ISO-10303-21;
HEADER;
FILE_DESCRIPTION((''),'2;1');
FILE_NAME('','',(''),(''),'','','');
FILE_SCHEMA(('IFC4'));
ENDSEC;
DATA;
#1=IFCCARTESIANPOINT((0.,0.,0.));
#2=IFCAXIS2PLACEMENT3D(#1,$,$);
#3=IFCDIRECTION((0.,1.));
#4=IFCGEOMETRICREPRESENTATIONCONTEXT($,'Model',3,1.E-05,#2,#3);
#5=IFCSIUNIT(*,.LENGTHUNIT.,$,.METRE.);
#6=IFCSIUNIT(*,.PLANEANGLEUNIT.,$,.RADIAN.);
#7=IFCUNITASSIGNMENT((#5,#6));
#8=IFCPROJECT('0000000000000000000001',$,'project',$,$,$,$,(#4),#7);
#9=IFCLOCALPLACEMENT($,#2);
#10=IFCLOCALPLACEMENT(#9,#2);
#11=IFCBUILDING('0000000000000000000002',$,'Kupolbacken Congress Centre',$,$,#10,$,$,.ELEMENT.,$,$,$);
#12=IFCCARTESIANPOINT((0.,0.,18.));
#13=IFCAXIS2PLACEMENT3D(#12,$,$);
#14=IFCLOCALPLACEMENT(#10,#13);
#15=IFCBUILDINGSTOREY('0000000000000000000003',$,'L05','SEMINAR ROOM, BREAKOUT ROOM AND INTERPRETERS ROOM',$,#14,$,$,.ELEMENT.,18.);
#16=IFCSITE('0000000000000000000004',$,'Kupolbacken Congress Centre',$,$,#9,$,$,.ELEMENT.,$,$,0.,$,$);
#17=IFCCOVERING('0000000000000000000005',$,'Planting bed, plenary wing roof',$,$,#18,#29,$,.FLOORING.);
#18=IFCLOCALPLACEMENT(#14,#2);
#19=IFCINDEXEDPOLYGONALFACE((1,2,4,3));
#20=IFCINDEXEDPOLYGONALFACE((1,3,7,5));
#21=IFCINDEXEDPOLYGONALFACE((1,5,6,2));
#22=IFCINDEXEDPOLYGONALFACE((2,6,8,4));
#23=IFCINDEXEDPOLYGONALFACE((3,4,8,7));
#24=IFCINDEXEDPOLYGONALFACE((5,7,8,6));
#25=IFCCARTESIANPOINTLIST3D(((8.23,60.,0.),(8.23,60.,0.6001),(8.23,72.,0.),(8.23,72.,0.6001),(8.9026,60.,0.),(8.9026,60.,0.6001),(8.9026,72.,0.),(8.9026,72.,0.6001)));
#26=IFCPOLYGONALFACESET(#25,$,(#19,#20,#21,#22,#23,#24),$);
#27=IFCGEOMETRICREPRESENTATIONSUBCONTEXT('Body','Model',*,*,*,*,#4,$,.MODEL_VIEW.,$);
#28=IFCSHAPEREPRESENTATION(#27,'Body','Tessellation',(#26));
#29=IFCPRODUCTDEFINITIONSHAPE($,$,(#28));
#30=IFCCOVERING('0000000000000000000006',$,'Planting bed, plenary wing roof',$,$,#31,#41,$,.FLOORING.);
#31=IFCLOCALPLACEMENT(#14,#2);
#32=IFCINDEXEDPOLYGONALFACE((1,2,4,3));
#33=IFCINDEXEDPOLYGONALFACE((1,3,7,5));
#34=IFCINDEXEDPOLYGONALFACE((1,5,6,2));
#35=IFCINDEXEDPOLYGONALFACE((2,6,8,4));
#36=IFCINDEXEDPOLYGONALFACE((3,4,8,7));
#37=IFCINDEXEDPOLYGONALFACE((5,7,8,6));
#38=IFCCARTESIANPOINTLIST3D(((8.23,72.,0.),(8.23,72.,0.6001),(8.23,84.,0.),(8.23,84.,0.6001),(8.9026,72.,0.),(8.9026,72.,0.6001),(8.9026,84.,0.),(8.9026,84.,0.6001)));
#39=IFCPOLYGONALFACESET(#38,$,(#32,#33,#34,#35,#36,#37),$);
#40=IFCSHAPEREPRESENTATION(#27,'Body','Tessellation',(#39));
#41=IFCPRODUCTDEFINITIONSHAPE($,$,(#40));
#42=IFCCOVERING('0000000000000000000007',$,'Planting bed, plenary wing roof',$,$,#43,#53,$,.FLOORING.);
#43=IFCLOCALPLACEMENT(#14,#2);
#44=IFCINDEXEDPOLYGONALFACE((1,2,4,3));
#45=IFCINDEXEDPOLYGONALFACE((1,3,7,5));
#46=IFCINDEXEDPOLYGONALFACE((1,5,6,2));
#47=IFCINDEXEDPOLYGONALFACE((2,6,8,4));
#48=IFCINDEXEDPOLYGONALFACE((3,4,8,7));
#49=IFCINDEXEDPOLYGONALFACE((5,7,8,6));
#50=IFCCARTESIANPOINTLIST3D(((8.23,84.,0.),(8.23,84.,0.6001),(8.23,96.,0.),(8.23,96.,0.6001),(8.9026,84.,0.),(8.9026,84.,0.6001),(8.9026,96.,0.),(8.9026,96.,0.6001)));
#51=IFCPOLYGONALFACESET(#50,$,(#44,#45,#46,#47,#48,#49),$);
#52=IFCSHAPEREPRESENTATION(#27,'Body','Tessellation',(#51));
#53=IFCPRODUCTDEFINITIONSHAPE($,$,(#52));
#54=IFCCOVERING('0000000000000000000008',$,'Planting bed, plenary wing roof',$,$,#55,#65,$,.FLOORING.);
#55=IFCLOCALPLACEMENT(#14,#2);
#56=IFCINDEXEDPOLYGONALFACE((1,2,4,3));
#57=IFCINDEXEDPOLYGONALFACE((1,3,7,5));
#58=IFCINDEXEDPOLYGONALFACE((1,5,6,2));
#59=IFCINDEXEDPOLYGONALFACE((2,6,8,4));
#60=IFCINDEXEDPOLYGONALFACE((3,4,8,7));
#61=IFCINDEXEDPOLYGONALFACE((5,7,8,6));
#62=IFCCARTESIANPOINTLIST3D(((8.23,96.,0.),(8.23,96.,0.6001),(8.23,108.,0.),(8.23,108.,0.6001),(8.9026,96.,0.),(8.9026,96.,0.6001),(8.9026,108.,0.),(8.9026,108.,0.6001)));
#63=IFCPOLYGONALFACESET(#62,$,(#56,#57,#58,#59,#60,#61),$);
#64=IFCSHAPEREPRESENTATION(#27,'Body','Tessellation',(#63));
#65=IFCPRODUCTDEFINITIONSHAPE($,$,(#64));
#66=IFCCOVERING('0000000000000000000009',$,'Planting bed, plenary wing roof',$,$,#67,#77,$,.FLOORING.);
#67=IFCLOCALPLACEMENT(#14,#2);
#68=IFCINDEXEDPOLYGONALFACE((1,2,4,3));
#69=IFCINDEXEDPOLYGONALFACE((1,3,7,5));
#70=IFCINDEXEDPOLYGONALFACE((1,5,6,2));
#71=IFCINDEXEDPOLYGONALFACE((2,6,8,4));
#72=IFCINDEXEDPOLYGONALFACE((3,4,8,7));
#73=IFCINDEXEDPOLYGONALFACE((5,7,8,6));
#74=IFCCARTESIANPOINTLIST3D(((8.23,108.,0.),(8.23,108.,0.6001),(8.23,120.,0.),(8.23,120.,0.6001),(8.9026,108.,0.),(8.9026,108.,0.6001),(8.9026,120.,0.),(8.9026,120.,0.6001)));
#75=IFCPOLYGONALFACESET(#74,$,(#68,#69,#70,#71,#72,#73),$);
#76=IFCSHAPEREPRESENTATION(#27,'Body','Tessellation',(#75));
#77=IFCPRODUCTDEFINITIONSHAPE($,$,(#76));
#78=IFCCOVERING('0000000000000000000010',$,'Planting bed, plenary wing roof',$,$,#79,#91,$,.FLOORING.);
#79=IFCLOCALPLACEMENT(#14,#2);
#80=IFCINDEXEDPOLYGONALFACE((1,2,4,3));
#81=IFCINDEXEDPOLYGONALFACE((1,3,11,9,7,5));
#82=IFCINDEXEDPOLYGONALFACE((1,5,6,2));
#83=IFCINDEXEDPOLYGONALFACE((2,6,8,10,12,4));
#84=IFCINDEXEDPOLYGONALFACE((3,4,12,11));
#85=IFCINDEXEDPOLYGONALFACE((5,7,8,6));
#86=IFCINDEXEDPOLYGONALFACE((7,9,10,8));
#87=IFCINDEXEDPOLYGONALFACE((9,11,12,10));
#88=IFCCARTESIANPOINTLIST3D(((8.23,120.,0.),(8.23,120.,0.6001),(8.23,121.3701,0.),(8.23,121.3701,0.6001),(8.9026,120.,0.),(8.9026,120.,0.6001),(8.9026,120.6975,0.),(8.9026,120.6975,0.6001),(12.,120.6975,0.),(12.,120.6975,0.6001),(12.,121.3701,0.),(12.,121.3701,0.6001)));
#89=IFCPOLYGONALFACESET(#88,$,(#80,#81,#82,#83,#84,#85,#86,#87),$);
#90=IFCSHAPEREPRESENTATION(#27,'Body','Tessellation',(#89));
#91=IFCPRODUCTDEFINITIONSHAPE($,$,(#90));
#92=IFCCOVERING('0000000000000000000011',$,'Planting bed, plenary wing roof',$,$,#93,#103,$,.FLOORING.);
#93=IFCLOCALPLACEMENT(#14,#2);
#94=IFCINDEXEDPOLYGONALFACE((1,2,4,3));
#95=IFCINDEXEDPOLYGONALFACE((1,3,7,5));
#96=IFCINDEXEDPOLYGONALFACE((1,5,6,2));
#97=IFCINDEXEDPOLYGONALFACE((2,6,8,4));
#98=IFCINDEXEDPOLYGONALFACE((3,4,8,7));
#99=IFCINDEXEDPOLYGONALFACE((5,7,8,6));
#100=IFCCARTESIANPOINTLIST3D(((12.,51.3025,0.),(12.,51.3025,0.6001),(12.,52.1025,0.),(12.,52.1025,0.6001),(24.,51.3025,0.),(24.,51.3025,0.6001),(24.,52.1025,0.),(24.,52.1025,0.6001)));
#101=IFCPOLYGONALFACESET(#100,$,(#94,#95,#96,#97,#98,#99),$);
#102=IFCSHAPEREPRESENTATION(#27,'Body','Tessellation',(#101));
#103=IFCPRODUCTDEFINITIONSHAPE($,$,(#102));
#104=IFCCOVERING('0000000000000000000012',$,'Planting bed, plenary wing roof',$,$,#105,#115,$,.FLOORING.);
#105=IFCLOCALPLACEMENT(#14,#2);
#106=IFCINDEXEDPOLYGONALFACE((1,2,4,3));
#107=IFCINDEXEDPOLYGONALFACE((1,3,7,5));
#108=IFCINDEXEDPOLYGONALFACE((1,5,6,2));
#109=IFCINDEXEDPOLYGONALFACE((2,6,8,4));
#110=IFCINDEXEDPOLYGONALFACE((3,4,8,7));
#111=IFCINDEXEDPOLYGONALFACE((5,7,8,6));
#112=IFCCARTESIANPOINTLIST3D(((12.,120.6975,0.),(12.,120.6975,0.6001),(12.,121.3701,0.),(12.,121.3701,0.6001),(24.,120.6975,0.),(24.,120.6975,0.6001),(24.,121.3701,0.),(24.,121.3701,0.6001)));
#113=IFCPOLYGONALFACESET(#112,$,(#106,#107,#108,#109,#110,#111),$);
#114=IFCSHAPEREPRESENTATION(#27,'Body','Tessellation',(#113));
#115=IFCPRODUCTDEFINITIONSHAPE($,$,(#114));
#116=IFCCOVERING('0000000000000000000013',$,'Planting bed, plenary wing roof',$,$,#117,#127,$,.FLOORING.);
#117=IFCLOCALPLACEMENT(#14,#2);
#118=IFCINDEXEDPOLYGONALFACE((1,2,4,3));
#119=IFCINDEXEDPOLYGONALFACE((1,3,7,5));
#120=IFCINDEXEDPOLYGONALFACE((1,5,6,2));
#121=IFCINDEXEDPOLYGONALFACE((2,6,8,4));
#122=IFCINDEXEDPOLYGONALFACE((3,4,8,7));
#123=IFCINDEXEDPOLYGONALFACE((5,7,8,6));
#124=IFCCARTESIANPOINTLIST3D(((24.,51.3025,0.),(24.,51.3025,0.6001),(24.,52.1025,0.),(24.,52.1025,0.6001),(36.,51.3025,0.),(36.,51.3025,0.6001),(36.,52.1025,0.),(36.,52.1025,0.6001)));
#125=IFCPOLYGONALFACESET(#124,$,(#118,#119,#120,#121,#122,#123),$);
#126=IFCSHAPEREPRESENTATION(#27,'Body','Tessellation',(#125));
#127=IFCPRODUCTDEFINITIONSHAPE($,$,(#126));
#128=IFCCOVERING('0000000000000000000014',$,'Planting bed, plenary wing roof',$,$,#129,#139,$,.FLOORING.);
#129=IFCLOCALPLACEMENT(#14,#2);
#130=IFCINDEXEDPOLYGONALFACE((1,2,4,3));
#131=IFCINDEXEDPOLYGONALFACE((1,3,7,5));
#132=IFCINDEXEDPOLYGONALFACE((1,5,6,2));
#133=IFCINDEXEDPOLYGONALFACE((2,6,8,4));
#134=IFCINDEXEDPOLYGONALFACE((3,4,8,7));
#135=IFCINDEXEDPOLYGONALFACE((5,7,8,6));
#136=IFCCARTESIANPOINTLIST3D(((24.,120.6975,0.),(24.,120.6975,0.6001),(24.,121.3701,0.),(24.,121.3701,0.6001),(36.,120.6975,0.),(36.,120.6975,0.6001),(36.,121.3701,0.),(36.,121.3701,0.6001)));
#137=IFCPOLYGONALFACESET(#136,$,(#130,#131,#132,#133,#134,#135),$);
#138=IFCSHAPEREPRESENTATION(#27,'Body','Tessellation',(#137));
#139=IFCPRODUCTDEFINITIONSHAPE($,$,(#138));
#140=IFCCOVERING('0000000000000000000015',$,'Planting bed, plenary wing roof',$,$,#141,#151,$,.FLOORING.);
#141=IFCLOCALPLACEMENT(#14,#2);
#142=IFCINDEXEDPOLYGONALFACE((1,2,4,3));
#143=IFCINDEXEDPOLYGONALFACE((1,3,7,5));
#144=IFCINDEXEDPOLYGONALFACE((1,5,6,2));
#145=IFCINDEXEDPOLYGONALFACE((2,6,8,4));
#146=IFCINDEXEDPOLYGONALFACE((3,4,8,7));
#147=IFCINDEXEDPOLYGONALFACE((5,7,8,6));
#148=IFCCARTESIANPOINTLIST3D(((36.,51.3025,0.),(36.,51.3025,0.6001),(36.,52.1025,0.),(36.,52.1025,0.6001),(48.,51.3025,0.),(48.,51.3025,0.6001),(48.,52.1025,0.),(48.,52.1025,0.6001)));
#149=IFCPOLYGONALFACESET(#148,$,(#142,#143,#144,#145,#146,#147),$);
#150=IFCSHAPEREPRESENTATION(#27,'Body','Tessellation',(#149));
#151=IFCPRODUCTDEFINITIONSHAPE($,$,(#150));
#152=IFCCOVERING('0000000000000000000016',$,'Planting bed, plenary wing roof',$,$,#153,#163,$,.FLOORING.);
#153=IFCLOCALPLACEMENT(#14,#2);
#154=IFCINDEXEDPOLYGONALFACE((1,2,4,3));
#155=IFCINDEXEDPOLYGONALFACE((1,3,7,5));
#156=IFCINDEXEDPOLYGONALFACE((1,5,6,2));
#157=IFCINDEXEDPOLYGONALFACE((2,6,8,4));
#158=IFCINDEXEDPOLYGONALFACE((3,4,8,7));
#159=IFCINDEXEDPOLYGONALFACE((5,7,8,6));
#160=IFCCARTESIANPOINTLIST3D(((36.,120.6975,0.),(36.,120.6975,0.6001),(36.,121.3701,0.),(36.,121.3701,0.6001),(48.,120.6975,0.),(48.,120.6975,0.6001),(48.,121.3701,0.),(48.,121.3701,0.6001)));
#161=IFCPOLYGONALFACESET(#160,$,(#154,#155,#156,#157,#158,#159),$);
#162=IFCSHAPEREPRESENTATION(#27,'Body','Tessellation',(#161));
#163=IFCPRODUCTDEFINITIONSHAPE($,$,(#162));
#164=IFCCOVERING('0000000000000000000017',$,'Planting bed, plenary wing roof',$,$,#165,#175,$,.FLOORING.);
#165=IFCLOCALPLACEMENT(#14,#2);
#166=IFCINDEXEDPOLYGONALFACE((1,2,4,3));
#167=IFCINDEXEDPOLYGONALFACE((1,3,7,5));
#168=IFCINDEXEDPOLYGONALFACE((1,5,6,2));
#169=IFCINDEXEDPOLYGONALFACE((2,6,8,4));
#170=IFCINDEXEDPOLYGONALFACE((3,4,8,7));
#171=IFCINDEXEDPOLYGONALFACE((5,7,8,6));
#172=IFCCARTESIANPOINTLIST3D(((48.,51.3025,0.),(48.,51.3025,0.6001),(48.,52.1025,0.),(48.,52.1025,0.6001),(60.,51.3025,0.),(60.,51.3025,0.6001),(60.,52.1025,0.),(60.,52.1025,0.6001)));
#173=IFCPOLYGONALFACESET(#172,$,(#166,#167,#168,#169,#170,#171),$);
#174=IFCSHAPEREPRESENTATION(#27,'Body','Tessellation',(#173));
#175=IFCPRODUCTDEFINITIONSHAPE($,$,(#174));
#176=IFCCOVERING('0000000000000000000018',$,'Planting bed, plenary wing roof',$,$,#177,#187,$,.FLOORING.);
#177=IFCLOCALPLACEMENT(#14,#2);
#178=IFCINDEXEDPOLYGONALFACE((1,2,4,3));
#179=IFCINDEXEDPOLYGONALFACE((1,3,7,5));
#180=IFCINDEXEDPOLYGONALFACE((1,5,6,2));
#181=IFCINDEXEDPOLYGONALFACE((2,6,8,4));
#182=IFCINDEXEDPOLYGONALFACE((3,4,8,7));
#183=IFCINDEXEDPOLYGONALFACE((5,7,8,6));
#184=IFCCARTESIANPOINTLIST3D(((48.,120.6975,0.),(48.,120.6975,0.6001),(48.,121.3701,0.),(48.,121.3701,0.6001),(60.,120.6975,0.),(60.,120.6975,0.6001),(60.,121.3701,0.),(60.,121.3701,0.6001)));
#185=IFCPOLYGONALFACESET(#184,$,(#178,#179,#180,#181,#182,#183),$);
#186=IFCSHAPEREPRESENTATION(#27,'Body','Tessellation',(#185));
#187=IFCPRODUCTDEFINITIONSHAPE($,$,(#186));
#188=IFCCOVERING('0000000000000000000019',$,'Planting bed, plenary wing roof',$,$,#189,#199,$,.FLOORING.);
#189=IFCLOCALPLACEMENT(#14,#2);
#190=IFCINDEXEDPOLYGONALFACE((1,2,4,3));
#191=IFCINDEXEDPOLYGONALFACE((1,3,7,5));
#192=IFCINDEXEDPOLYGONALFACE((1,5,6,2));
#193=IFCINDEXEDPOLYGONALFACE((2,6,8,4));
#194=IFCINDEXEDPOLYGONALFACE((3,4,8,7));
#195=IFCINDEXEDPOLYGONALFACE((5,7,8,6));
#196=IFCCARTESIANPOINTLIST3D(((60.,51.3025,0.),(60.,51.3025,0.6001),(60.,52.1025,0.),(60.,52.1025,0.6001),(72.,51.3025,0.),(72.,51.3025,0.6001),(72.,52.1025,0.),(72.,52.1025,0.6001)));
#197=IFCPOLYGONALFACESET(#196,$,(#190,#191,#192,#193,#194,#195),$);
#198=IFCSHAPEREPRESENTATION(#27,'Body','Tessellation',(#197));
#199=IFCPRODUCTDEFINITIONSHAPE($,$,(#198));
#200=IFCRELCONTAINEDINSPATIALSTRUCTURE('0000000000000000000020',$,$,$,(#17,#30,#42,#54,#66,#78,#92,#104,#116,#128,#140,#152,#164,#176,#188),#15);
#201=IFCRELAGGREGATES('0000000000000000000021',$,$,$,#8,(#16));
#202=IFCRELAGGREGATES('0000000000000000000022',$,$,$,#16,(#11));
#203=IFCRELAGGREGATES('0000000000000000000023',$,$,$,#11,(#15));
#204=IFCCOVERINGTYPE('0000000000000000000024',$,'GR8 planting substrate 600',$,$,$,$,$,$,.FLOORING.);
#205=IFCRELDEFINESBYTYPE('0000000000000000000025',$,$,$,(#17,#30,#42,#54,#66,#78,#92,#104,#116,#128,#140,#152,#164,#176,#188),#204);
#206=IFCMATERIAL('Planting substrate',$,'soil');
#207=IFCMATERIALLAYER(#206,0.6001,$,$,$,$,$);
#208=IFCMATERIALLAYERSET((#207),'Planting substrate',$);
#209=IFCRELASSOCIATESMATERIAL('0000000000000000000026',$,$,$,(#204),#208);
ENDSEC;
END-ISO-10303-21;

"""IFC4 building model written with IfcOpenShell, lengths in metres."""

from ifc_helpers import new_model, si_unit, direction, frame, origin, place, context, subcontext, project, spatial, polyline, outline, extrude, material, layer, layer_set, type_object, element, save


model = new_model("IFC4")

# Units and contexts
model_context = context("Model", 3, precision=1e-05, world=origin(), true_north=direction((0.0, 1.0)))
body_context = subcontext(model_context, "Body", "Model", "MODEL_VIEW")
ifc_project = project(units=[si_unit("LENGTHUNIT", "METRE"), si_unit("PLANEANGLEUNIT", "RADIAN")], contexts=[model_context])

# Site, building, storey
site_placement = place(None, origin())
site = spatial("IfcSite", under=ifc_project, at=site_placement, Name="Kupolbacken Congress Centre", CompositionType="ELEMENT", RefElevation=0.0)
building_placement = place(site_placement, origin())
building = spatial("IfcBuilding", under=site, at=building_placement, Name="Kupolbacken Congress Centre", CompositionType="ELEMENT")
storey_placement = place(building_placement, frame((0.0, 0.0, 18.0)))
storey = spatial("IfcBuildingStorey", under=building, at=storey_placement, Name="L05", Description="SEMINAR ROOM, BREAKOUT ROOM AND INTERPRETERS ROOM", CompositionType="ELEMENT", Elevation=18.0)

# Coverings
ifc_material_1 = material(Name="Planting substrate", Category="soil")
ifc_layer_1 = layer(ifc_material_1, 0.6001)
ifc_layer_set_1 = layer_set([ifc_layer_1], Name="Planting substrate")
covering_type_1 = type_object("IfcCoveringType", Name="GR8 planting substrate 600", PredefinedType="FLOORING", material=ifc_layer_set_1)
covering_1_placement = place(storey_placement, origin())
element("IfcCovering", 1, at=covering_1_placement, inside=storey, type_object=covering_type_1, Name="Planting bed, plenary wing roof", PredefinedType="FLOORING", context=body_context, shape_type="SweptSolid", body=[
    extrude(outline(polyline([(8.23, 72.0), (8.9026, 72.0), (8.9026, 60.0), (8.23, 60.0), (8.23, 72.0)])), origin(), (0.0, 0.0, 1.0), 0.6001),
])
covering_2_placement = place(storey_placement, origin())
element("IfcCovering", 2, at=covering_2_placement, inside=storey, type_object=covering_type_1, Name="Planting bed, plenary wing roof", PredefinedType="FLOORING", context=body_context, shape_type="SweptSolid", body=[
    extrude(outline(polyline([(8.23, 84.0), (8.9026, 84.0), (8.9026, 72.0), (8.23, 72.0), (8.23, 84.0)])), origin(), (0.0, 0.0, 1.0), 0.6001),
])
covering_3_placement = place(storey_placement, origin())
element("IfcCovering", 3, at=covering_3_placement, inside=storey, type_object=covering_type_1, Name="Planting bed, plenary wing roof", PredefinedType="FLOORING", context=body_context, shape_type="SweptSolid", body=[
    extrude(outline(polyline([(8.23, 96.0), (8.9026, 96.0), (8.9026, 84.0), (8.23, 84.0), (8.23, 96.0)])), origin(), (0.0, 0.0, 1.0), 0.6001),
])
covering_4_placement = place(storey_placement, origin())
element("IfcCovering", 4, at=covering_4_placement, inside=storey, type_object=covering_type_1, Name="Planting bed, plenary wing roof", PredefinedType="FLOORING", context=body_context, shape_type="SweptSolid", body=[
    extrude(outline(polyline([(8.23, 108.0), (8.9026, 108.0), (8.9026, 96.0), (8.23, 96.0), (8.23, 108.0)])), origin(), (0.0, 0.0, 1.0), 0.6001),
])
covering_5_placement = place(storey_placement, origin())
element("IfcCovering", 5, at=covering_5_placement, inside=storey, type_object=covering_type_1, Name="Planting bed, plenary wing roof", PredefinedType="FLOORING", context=body_context, shape_type="SweptSolid", body=[
    extrude(outline(polyline([(8.23, 120.0), (8.9026, 120.0), (8.9026, 108.0), (8.23, 108.0), (8.23, 120.0)])), origin(), (0.0, 0.0, 1.0), 0.6001),
])
covering_6_placement = place(storey_placement, origin())
element("IfcCovering", 6, at=covering_6_placement, inside=storey, type_object=covering_type_1, Name="Planting bed, plenary wing roof", PredefinedType="FLOORING", context=body_context, shape_type="SweptSolid", body=[
    extrude(outline(polyline([(8.23, 121.3701), (12.0, 121.3701), (12.0, 120.6975), (8.9026, 120.6975), (8.9026, 120.0), (8.23, 120.0), (8.23, 121.3701)])), origin(), (0.0, 0.0, 1.0), 0.6001),
])
covering_7_placement = place(storey_placement, origin())
element("IfcCovering", 7, at=covering_7_placement, inside=storey, type_object=covering_type_1, Name="Planting bed, plenary wing roof", PredefinedType="FLOORING", context=body_context, shape_type="SweptSolid", body=[
    extrude(outline(polyline([(24.0, 52.1025), (24.0, 51.3025), (12.0, 51.3025), (12.0, 52.1025), (24.0, 52.1025)])), origin(), (0.0, 0.0, 1.0), 0.6001),
])
covering_8_placement = place(storey_placement, origin())
element("IfcCovering", 8, at=covering_8_placement, inside=storey, type_object=covering_type_1, Name="Planting bed, plenary wing roof", PredefinedType="FLOORING", context=body_context, shape_type="SweptSolid", body=[
    extrude(outline(polyline([(24.0, 121.3701), (24.0, 120.6975), (12.0, 120.6975), (12.0, 121.3701), (24.0, 121.3701)])), origin(), (0.0, 0.0, 1.0), 0.6001),
])
covering_9_placement = place(storey_placement, origin())
element("IfcCovering", 9, at=covering_9_placement, inside=storey, type_object=covering_type_1, Name="Planting bed, plenary wing roof", PredefinedType="FLOORING", context=body_context, shape_type="SweptSolid", body=[
    extrude(outline(polyline([(36.0, 52.1025), (36.0, 51.3025), (24.0, 51.3025), (24.0, 52.1025), (36.0, 52.1025)])), origin(), (0.0, 0.0, 1.0), 0.6001),
])
covering_10_placement = place(storey_placement, origin())
element("IfcCovering", 10, at=covering_10_placement, inside=storey, type_object=covering_type_1, Name="Planting bed, plenary wing roof", PredefinedType="FLOORING", context=body_context, shape_type="SweptSolid", body=[
    extrude(outline(polyline([(36.0, 121.3701), (36.0, 120.6975), (24.0, 120.6975), (24.0, 121.3701), (36.0, 121.3701)])), origin(), (0.0, 0.0, 1.0), 0.6001),
])
covering_11_placement = place(storey_placement, origin())
element("IfcCovering", 11, at=covering_11_placement, inside=storey, type_object=covering_type_1, Name="Planting bed, plenary wing roof", PredefinedType="FLOORING", context=body_context, shape_type="SweptSolid", body=[
    extrude(outline(polyline([(48.0, 52.1025), (48.0, 51.3025), (36.0, 51.3025), (36.0, 52.1025), (48.0, 52.1025)])), origin(), (0.0, 0.0, 1.0), 0.6001),
])
covering_12_placement = place(storey_placement, origin())
element("IfcCovering", 12, at=covering_12_placement, inside=storey, type_object=covering_type_1, Name="Planting bed, plenary wing roof", PredefinedType="FLOORING", context=body_context, shape_type="SweptSolid", body=[
    extrude(outline(polyline([(48.0, 121.3701), (48.0, 120.6975), (36.0, 120.6975), (36.0, 121.3701), (48.0, 121.3701)])), origin(), (0.0, 0.0, 1.0), 0.6001),
])
covering_13_placement = place(storey_placement, origin())
element("IfcCovering", 13, at=covering_13_placement, inside=storey, type_object=covering_type_1, Name="Planting bed, plenary wing roof", PredefinedType="FLOORING", context=body_context, shape_type="SweptSolid", body=[
    extrude(outline(polyline([(60.0, 52.1025), (60.0, 51.3025), (48.0, 51.3025), (48.0, 52.1025), (60.0, 52.1025)])), origin(), (0.0, 0.0, 1.0), 0.6001),
])
covering_14_placement = place(storey_placement, origin())
element("IfcCovering", 14, at=covering_14_placement, inside=storey, type_object=covering_type_1, Name="Planting bed, plenary wing roof", PredefinedType="FLOORING", context=body_context, shape_type="SweptSolid", body=[
    extrude(outline(polyline([(60.0, 121.3701), (60.0, 120.6975), (48.0, 120.6975), (48.0, 121.3701), (60.0, 121.3701)])), origin(), (0.0, 0.0, 1.0), 0.6001),
])
covering_15_placement = place(storey_placement, origin())
element("IfcCovering", 15, at=covering_15_placement, inside=storey, type_object=covering_type_1, Name="Planting bed, plenary wing roof", PredefinedType="FLOORING", context=body_context, shape_type="SweptSolid", body=[
    extrude(outline(polyline([(72.0, 52.1025), (72.0, 51.3025), (60.0, 51.3025), (60.0, 52.1025), (72.0, 52.1025)])), origin(), (0.0, 0.0, 1.0), 0.6001),
])

save(model, "model.ifc")
